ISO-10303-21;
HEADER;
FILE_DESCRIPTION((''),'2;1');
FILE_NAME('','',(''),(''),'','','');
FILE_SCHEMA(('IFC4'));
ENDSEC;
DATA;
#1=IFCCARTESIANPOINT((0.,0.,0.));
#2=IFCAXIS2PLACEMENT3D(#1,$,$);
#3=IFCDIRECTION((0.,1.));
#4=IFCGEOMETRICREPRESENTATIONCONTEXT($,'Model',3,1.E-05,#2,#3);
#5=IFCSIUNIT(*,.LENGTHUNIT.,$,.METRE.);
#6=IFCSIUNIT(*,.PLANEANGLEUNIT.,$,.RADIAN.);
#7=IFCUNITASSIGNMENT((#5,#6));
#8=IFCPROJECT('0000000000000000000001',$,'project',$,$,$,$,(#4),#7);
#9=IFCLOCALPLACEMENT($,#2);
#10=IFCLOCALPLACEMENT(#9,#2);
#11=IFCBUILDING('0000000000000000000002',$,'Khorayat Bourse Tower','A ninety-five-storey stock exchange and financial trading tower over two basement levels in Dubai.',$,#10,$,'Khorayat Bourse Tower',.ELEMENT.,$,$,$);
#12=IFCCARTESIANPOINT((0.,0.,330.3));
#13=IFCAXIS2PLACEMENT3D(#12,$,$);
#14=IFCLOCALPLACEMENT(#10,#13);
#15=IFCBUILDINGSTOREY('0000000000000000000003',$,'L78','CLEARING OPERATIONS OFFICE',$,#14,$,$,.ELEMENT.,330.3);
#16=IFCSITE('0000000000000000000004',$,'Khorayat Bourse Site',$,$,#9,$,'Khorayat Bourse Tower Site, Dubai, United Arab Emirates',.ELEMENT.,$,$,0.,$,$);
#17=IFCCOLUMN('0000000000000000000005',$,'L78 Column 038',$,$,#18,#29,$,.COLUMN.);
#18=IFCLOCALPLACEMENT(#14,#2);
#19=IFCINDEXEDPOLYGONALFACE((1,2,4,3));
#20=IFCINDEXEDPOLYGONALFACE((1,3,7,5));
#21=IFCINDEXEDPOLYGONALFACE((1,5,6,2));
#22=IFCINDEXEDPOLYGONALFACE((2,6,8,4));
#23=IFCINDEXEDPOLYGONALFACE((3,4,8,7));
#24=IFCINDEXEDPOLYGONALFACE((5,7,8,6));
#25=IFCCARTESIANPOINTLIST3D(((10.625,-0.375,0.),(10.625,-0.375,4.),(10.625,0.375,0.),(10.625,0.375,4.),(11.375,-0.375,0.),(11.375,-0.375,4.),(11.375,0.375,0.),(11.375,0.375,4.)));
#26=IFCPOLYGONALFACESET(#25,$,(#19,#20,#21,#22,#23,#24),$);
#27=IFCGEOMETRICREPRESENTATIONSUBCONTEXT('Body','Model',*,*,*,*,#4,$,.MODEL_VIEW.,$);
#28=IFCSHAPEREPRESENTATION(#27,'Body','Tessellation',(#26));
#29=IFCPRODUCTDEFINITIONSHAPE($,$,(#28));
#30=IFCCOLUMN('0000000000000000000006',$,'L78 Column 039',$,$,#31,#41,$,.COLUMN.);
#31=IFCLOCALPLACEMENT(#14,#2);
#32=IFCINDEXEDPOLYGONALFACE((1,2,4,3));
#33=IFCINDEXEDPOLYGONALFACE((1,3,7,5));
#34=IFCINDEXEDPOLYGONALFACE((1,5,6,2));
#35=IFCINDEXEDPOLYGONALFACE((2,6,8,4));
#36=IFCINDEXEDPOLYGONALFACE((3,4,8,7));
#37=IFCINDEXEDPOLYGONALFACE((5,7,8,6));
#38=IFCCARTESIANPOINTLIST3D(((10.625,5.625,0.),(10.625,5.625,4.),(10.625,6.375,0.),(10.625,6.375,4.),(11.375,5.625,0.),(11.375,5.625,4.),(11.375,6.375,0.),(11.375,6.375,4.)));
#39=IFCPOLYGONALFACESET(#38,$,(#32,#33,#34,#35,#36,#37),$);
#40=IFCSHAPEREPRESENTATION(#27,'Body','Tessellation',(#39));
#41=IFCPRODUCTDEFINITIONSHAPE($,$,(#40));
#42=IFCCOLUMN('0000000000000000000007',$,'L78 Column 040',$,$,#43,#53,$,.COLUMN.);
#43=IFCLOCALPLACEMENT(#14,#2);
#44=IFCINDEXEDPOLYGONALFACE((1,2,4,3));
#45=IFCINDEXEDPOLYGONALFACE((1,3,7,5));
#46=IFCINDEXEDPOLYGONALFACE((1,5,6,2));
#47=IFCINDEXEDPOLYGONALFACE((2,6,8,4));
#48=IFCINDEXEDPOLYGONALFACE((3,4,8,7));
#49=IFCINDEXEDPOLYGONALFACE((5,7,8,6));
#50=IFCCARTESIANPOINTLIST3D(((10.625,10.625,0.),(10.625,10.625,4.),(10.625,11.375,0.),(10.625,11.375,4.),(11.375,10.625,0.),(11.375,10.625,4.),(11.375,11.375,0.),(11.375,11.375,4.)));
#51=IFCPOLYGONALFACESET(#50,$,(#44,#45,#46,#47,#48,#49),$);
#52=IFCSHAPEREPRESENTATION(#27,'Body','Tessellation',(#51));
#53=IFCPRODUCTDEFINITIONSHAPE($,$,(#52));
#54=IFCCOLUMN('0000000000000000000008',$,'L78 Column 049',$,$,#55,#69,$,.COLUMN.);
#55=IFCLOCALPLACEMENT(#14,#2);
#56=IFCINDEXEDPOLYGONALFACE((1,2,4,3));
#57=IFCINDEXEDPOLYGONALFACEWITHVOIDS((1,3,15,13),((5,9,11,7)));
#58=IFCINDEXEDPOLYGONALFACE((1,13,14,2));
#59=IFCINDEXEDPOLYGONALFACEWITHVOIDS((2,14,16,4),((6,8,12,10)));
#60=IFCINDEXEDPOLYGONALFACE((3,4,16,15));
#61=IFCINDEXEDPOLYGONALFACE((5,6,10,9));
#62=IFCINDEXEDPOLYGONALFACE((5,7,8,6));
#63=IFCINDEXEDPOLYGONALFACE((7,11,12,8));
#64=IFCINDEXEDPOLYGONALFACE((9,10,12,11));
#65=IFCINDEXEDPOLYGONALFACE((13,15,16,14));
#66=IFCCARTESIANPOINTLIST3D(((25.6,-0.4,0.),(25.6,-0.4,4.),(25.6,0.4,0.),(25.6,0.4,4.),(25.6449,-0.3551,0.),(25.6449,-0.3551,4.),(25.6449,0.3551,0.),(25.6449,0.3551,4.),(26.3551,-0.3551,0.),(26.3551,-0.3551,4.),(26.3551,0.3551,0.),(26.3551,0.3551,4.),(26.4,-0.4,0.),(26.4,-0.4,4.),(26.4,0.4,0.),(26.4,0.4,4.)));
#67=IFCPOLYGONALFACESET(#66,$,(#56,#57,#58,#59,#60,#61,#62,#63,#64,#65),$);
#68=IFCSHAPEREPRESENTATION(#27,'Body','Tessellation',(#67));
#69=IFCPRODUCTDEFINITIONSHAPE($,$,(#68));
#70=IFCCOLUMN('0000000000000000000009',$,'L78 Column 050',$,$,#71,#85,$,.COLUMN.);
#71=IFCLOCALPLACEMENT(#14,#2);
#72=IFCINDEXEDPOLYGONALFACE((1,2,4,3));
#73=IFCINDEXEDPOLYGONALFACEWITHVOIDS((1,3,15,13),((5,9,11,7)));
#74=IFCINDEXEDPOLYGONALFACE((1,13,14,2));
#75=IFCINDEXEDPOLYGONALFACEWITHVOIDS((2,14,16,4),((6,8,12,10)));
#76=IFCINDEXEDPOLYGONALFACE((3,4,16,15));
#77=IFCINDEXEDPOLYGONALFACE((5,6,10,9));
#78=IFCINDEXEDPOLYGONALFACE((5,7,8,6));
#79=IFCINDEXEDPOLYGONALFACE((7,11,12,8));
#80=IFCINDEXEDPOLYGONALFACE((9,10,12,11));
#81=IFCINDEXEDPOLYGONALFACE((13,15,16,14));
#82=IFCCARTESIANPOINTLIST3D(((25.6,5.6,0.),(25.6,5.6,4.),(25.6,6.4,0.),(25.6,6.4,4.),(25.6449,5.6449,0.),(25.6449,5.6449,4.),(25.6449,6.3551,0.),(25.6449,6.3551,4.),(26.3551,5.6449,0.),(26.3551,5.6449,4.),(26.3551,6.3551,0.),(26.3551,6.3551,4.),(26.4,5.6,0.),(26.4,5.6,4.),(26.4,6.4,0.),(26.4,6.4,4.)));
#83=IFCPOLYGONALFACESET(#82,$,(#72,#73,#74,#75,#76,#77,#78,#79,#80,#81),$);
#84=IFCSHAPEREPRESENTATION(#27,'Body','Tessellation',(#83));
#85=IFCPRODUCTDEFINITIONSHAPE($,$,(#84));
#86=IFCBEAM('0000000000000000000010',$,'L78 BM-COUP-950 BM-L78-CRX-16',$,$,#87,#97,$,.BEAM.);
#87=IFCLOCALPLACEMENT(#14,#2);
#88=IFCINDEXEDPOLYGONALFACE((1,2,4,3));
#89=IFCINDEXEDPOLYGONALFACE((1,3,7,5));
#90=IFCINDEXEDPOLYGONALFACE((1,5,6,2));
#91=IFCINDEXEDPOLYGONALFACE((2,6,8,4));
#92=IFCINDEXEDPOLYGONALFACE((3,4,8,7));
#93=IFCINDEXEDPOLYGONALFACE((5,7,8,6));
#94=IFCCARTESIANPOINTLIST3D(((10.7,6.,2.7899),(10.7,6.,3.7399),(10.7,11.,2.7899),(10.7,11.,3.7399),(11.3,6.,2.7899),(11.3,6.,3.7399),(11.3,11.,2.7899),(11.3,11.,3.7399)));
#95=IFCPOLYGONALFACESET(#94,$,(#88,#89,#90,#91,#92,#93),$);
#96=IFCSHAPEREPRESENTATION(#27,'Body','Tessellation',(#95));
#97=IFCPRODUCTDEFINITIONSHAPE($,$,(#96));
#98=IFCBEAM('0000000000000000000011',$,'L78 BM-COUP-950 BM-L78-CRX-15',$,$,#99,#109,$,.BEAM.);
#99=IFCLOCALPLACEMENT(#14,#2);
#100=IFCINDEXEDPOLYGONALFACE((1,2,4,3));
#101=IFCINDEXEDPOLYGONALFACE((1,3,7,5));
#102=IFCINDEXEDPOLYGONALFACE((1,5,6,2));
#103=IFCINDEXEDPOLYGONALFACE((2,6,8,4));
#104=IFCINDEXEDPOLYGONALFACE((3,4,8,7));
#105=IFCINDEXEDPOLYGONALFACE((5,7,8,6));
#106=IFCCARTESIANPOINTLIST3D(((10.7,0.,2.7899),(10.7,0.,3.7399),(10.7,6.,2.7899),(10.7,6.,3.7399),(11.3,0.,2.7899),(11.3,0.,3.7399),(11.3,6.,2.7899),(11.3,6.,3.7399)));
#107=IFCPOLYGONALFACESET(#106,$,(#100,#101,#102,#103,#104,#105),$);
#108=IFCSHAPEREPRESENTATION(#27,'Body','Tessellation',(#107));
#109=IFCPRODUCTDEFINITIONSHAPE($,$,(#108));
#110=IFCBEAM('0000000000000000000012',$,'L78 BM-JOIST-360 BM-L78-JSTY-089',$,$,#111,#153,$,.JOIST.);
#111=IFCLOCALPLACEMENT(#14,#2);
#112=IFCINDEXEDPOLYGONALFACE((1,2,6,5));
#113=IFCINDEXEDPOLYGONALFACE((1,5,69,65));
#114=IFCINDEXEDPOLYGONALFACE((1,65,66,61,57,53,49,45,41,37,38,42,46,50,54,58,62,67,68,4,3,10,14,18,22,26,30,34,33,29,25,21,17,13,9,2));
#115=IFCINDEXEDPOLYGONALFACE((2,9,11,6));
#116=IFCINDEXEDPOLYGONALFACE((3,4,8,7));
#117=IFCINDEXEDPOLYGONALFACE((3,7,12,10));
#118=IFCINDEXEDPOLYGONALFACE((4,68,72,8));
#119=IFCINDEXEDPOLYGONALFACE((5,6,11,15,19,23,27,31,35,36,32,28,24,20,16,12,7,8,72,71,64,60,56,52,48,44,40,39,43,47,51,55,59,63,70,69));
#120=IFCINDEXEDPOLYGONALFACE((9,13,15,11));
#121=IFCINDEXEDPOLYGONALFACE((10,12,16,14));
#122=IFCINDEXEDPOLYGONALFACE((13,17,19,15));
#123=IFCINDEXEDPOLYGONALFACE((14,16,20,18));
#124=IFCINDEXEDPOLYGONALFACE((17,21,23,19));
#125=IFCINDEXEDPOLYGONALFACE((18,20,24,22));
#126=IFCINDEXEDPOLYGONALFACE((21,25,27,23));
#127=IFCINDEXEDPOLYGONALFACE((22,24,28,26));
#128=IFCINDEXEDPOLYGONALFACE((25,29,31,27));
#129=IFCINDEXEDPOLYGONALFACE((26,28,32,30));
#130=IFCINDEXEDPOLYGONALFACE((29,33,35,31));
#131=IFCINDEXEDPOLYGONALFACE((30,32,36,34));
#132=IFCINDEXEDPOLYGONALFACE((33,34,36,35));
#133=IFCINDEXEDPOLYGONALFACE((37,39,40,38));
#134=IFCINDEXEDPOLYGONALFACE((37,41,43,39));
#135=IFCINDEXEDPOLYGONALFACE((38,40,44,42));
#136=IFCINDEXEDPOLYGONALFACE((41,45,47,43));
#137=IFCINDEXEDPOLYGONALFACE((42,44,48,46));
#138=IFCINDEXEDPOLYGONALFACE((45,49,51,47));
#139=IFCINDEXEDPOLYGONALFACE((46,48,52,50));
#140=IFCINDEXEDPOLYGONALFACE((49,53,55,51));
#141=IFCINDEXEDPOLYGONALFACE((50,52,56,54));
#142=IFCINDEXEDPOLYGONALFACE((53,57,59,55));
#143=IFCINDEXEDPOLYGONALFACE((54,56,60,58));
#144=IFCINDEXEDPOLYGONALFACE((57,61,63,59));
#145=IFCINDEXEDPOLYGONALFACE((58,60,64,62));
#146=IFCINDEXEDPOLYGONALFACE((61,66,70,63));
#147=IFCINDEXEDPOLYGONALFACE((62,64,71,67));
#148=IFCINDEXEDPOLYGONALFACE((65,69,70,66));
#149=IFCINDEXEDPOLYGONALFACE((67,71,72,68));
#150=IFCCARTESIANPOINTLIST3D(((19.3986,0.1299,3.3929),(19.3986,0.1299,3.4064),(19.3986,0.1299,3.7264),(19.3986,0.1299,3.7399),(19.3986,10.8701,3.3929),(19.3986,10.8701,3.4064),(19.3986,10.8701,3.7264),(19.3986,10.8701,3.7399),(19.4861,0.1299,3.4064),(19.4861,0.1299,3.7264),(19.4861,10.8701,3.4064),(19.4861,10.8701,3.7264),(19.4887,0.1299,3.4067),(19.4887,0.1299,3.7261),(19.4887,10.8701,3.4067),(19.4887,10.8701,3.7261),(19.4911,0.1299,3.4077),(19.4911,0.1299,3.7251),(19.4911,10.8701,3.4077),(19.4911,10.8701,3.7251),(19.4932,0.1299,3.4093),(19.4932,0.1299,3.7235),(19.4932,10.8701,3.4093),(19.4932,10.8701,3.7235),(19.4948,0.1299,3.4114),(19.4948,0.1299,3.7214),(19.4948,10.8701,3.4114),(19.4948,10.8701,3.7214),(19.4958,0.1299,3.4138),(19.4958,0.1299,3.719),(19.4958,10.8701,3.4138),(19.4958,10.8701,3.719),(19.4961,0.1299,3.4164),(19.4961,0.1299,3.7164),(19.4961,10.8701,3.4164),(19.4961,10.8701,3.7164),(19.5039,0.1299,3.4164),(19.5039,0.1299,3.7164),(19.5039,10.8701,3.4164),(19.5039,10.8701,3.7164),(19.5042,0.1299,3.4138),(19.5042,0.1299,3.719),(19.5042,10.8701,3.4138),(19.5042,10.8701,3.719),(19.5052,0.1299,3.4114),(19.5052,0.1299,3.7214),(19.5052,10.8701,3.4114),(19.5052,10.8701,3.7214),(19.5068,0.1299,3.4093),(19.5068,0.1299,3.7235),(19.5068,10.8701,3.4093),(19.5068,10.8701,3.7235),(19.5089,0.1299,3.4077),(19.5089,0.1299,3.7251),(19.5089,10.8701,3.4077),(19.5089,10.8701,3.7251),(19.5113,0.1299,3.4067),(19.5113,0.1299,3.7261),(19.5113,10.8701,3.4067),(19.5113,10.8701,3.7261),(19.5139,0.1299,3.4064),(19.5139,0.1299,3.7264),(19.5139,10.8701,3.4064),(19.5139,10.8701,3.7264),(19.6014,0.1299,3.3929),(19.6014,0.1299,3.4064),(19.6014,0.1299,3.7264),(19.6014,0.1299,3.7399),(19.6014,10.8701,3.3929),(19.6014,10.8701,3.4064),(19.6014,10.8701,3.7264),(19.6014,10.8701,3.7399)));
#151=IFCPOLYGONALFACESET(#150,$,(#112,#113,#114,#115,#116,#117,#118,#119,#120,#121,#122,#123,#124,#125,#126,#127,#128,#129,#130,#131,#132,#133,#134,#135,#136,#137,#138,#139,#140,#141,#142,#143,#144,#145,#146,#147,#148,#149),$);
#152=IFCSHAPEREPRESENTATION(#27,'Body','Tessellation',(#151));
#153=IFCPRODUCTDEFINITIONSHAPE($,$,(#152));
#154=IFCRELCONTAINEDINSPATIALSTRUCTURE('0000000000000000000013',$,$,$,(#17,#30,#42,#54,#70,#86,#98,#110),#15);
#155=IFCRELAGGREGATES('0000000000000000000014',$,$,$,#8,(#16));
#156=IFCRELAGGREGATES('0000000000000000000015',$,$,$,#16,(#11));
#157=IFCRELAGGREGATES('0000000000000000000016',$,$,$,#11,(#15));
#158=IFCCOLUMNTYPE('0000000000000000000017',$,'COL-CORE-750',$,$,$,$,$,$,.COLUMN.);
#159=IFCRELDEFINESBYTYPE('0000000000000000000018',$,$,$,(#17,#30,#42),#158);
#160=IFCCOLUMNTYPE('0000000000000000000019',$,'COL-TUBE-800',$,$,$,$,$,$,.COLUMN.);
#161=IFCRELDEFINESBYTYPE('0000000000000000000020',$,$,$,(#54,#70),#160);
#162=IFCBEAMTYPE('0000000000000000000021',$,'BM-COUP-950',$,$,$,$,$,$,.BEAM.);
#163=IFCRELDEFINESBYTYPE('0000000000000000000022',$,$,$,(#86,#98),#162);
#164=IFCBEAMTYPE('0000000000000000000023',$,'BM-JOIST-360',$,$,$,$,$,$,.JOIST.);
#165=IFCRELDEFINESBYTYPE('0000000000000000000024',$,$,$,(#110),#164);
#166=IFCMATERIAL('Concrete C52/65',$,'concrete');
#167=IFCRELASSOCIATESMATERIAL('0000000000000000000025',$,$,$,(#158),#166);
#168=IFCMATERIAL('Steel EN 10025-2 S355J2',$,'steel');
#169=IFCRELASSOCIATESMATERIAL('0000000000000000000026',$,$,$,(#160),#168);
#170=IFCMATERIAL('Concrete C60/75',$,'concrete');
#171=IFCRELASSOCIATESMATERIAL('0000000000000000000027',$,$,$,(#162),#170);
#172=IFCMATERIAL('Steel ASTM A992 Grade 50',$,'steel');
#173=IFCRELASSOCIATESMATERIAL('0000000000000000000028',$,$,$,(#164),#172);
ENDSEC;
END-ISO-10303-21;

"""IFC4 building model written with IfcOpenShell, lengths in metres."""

from ifc_helpers import new_model, si_unit, direction, frame, origin, origin_2d, place, context, subcontext, project, spatial, rectangle, hollow_rectangle, i_section, extrude, source, transform, mapped, material, material_profile, profile_set, type_object, element, save


model = new_model("IFC4")

# Units and contexts
model_context = context("Model", 3, precision=1e-05, world=origin(), true_north=direction((0.0, 1.0)))
body_context = subcontext(model_context, "Body", "Model", "MODEL_VIEW")
ifc_project = project(units=[si_unit("LENGTHUNIT", "METRE"), si_unit("PLANEANGLEUNIT", "RADIAN")], contexts=[model_context])

# Site, building, storey
site_placement = place(None, origin())
site = spatial("IfcSite", under=ifc_project, at=site_placement, Name="Khorayat Bourse Site", LongName="Khorayat Bourse Tower Site, Dubai, United Arab Emirates", CompositionType="ELEMENT", RefElevation=0.0)
building_placement = place(site_placement, origin())
building = spatial("IfcBuilding", under=site, at=building_placement, Name="Khorayat Bourse Tower", Description="A ninety-five-storey stock exchange and financial trading tower over two basement levels in Dubai.", LongName="Khorayat Bourse Tower", CompositionType="ELEMENT")
storey_placement = place(building_placement, frame((0.0, 0.0, 330.3)))
storey = spatial("IfcBuildingStorey", under=building, at=storey_placement, Name="L78", Description="CLEARING OPERATIONS OFFICE", CompositionType="ELEMENT", Elevation=330.3)

# Columns
ifc_material_1 = material(Name="Concrete C52/65", Category="concrete")
ifc_material_profile_1 = material_profile(ifc_material_1, rectangle(XDim=0.75, YDim=0.75, at=origin_2d()), Name="RC 750x750")
ifc_profile_set_1 = profile_set([ifc_material_profile_1], Name="Concrete C52/65")
column_type_1 = type_object("IfcColumnType", Name="COL-CORE-750", PredefinedType="COLUMN", material=ifc_profile_set_1)
shared_shape_1 = source(origin(), body_context, "Body", "SweptSolid", [
    extrude(rectangle(XDim=0.75, YDim=0.75, at=origin_2d()), origin(), (0.0, 0.0, 1.0), 4.0),
])
for number, where, z_axis, x_axis, name in (
    (1, (11.0, 0.0, 0.0), (0.0, 0.0, 1.0), (1.0, 0.0, 0.0), "L78 Column 038"),
    (2, (11.0, 6.0, 0.0), (0.0, 0.0, 1.0), (1.0, 0.0, 0.0), "L78 Column 039"),
    (3, (11.0, 11.0, 0.0), (0.0, 0.0, 1.0), (1.0, 0.0, 0.0), "L78 Column 040"),
):
    element("IfcColumn", number, at=place(storey_placement, frame(where, z_axis=z_axis, x_axis=x_axis)), inside=storey, type_object=column_type_1, Name=name, PredefinedType="COLUMN", context=body_context, shape_type="MappedRepresentation", body=[
        mapped(shared_shape_1, transform((0.0, 0.0, 0.0), scale=1.0)),
    ])
ifc_material_2 = material(Name="Steel EN 10025-2 S355J2", Category="steel")
ifc_material_profile_2 = material_profile(ifc_material_2, hollow_rectangle(XDim=0.8, YDim=0.8, WallThickness=0.0449, at=origin_2d()), Name="BOX 800x800x45")
ifc_profile_set_2 = profile_set([ifc_material_profile_2], Name="Steel EN 10025-2 S355J2")
column_type_2 = type_object("IfcColumnType", Name="COL-TUBE-800", PredefinedType="COLUMN", material=ifc_profile_set_2)
shared_shape_2 = source(origin(), body_context, "Body", "SweptSolid", [
    extrude(hollow_rectangle(XDim=0.8, YDim=0.8, WallThickness=0.0449, at=origin_2d()), origin(), (0.0, 0.0, 1.0), 4.0),
])
for number, where, z_axis, x_axis, name in (
    (4, (26.0, 0.0, 0.0), (0.0, 0.0, 1.0), (1.0, 0.0, 0.0), "L78 Column 049"),
    (5, (26.0, 6.0, 0.0), (0.0, 0.0, 1.0), (1.0, 0.0, 0.0), "L78 Column 050"),
):
    element("IfcColumn", number, at=place(storey_placement, frame(where, z_axis=z_axis, x_axis=x_axis)), inside=storey, type_object=column_type_2, Name=name, PredefinedType="COLUMN", context=body_context, shape_type="MappedRepresentation", body=[
        mapped(shared_shape_2, transform((0.0, 0.0, 0.0), scale=1.0)),
    ])

# Beams
ifc_material_3 = material(Name="Concrete C60/75", Category="concrete")
ifc_material_profile_3 = material_profile(ifc_material_3, rectangle(XDim=0.6001, YDim=0.95, at=origin_2d()), Name="RC 600x950")
ifc_profile_set_3 = profile_set([ifc_material_profile_3], Name="Concrete C60/75")
beam_type_1 = type_object("IfcBeamType", Name="BM-COUP-950", PredefinedType="BEAM", material=ifc_profile_set_3)
shared_shape_3 = source(origin(), body_context, "Body", "SweptSolid", [
    extrude(rectangle(XDim=0.6001, YDim=0.95, at=origin_2d()), origin(), (0.0, 0.0, 1.0), 5.0),
])
beam_1_placement = place(storey_placement, frame((11.0, 6.0, 3.2649), z_axis=(0.0, 1.0, 0.0), x_axis=(-1.0, 0.0, 0.0)))
element("IfcBeam", 6, at=beam_1_placement, inside=storey, type_object=beam_type_1, Name="L78 BM-COUP-950 BM-L78-CRX-16", PredefinedType="BEAM", context=body_context, shape_type="MappedRepresentation", body=[
    mapped(shared_shape_3, transform((0.0, 0.0, 0.0), scale=1.0)),
])
shared_shape_4 = source(origin(), body_context, "Body", "SweptSolid", [
    extrude(rectangle(XDim=0.6001, YDim=0.95, at=origin_2d()), origin(), (0.0, 0.0, 1.0), 6.0),
])
beam_2_placement = place(storey_placement, frame((11.0, 0.0, 3.2649), z_axis=(0.0, 1.0, 0.0), x_axis=(-1.0, 0.0, 0.0)))
element("IfcBeam", 7, at=beam_2_placement, inside=storey, type_object=beam_type_1, Name="L78 BM-COUP-950 BM-L78-CRX-15", PredefinedType="BEAM", context=body_context, shape_type="MappedRepresentation", body=[
    mapped(shared_shape_4, transform((0.0, 0.0, 0.0), scale=1.0)),
])
ifc_material_4 = material(Name="Steel ASTM A992 Grade 50", Category="steel")
ifc_material_profile_4 = material_profile(ifc_material_4, i_section(OverallWidth=0.2029, OverallDepth=0.3469, WebThickness=0.0078, FlangeThickness=0.0134, FilletRadius=0.01, at=origin_2d()), Name="W360X64")
ifc_profile_set_4 = profile_set([ifc_material_profile_4], Name="Steel ASTM A992 Grade 50")
beam_type_2 = type_object("IfcBeamType", Name="BM-JOIST-360", PredefinedType="JOIST", material=ifc_profile_set_4)
shared_shape_5 = source(origin(), body_context, "Body", "SweptSolid", [
    extrude(i_section(OverallWidth=0.2029, OverallDepth=0.3469, WebThickness=0.0078, FlangeThickness=0.0134, FilletRadius=0.01, at=origin_2d()), origin(), (0.0, 0.0, 1.0), 10.7402),
])
beam_3_placement = place(storey_placement, frame((19.5, 0.1299, 3.5664), z_axis=(0.0, 1.0, 0.0), x_axis=(-1.0, 0.0, 0.0)))
element("IfcBeam", 8, at=beam_3_placement, inside=storey, type_object=beam_type_2, Name="L78 BM-JOIST-360 BM-L78-JSTY-089", PredefinedType="JOIST", context=body_context, shape_type="MappedRepresentation", body=[
    mapped(shared_shape_5, transform((0.0, 0.0, 0.0), scale=1.0)),
])

save(model, "model.ifc")
